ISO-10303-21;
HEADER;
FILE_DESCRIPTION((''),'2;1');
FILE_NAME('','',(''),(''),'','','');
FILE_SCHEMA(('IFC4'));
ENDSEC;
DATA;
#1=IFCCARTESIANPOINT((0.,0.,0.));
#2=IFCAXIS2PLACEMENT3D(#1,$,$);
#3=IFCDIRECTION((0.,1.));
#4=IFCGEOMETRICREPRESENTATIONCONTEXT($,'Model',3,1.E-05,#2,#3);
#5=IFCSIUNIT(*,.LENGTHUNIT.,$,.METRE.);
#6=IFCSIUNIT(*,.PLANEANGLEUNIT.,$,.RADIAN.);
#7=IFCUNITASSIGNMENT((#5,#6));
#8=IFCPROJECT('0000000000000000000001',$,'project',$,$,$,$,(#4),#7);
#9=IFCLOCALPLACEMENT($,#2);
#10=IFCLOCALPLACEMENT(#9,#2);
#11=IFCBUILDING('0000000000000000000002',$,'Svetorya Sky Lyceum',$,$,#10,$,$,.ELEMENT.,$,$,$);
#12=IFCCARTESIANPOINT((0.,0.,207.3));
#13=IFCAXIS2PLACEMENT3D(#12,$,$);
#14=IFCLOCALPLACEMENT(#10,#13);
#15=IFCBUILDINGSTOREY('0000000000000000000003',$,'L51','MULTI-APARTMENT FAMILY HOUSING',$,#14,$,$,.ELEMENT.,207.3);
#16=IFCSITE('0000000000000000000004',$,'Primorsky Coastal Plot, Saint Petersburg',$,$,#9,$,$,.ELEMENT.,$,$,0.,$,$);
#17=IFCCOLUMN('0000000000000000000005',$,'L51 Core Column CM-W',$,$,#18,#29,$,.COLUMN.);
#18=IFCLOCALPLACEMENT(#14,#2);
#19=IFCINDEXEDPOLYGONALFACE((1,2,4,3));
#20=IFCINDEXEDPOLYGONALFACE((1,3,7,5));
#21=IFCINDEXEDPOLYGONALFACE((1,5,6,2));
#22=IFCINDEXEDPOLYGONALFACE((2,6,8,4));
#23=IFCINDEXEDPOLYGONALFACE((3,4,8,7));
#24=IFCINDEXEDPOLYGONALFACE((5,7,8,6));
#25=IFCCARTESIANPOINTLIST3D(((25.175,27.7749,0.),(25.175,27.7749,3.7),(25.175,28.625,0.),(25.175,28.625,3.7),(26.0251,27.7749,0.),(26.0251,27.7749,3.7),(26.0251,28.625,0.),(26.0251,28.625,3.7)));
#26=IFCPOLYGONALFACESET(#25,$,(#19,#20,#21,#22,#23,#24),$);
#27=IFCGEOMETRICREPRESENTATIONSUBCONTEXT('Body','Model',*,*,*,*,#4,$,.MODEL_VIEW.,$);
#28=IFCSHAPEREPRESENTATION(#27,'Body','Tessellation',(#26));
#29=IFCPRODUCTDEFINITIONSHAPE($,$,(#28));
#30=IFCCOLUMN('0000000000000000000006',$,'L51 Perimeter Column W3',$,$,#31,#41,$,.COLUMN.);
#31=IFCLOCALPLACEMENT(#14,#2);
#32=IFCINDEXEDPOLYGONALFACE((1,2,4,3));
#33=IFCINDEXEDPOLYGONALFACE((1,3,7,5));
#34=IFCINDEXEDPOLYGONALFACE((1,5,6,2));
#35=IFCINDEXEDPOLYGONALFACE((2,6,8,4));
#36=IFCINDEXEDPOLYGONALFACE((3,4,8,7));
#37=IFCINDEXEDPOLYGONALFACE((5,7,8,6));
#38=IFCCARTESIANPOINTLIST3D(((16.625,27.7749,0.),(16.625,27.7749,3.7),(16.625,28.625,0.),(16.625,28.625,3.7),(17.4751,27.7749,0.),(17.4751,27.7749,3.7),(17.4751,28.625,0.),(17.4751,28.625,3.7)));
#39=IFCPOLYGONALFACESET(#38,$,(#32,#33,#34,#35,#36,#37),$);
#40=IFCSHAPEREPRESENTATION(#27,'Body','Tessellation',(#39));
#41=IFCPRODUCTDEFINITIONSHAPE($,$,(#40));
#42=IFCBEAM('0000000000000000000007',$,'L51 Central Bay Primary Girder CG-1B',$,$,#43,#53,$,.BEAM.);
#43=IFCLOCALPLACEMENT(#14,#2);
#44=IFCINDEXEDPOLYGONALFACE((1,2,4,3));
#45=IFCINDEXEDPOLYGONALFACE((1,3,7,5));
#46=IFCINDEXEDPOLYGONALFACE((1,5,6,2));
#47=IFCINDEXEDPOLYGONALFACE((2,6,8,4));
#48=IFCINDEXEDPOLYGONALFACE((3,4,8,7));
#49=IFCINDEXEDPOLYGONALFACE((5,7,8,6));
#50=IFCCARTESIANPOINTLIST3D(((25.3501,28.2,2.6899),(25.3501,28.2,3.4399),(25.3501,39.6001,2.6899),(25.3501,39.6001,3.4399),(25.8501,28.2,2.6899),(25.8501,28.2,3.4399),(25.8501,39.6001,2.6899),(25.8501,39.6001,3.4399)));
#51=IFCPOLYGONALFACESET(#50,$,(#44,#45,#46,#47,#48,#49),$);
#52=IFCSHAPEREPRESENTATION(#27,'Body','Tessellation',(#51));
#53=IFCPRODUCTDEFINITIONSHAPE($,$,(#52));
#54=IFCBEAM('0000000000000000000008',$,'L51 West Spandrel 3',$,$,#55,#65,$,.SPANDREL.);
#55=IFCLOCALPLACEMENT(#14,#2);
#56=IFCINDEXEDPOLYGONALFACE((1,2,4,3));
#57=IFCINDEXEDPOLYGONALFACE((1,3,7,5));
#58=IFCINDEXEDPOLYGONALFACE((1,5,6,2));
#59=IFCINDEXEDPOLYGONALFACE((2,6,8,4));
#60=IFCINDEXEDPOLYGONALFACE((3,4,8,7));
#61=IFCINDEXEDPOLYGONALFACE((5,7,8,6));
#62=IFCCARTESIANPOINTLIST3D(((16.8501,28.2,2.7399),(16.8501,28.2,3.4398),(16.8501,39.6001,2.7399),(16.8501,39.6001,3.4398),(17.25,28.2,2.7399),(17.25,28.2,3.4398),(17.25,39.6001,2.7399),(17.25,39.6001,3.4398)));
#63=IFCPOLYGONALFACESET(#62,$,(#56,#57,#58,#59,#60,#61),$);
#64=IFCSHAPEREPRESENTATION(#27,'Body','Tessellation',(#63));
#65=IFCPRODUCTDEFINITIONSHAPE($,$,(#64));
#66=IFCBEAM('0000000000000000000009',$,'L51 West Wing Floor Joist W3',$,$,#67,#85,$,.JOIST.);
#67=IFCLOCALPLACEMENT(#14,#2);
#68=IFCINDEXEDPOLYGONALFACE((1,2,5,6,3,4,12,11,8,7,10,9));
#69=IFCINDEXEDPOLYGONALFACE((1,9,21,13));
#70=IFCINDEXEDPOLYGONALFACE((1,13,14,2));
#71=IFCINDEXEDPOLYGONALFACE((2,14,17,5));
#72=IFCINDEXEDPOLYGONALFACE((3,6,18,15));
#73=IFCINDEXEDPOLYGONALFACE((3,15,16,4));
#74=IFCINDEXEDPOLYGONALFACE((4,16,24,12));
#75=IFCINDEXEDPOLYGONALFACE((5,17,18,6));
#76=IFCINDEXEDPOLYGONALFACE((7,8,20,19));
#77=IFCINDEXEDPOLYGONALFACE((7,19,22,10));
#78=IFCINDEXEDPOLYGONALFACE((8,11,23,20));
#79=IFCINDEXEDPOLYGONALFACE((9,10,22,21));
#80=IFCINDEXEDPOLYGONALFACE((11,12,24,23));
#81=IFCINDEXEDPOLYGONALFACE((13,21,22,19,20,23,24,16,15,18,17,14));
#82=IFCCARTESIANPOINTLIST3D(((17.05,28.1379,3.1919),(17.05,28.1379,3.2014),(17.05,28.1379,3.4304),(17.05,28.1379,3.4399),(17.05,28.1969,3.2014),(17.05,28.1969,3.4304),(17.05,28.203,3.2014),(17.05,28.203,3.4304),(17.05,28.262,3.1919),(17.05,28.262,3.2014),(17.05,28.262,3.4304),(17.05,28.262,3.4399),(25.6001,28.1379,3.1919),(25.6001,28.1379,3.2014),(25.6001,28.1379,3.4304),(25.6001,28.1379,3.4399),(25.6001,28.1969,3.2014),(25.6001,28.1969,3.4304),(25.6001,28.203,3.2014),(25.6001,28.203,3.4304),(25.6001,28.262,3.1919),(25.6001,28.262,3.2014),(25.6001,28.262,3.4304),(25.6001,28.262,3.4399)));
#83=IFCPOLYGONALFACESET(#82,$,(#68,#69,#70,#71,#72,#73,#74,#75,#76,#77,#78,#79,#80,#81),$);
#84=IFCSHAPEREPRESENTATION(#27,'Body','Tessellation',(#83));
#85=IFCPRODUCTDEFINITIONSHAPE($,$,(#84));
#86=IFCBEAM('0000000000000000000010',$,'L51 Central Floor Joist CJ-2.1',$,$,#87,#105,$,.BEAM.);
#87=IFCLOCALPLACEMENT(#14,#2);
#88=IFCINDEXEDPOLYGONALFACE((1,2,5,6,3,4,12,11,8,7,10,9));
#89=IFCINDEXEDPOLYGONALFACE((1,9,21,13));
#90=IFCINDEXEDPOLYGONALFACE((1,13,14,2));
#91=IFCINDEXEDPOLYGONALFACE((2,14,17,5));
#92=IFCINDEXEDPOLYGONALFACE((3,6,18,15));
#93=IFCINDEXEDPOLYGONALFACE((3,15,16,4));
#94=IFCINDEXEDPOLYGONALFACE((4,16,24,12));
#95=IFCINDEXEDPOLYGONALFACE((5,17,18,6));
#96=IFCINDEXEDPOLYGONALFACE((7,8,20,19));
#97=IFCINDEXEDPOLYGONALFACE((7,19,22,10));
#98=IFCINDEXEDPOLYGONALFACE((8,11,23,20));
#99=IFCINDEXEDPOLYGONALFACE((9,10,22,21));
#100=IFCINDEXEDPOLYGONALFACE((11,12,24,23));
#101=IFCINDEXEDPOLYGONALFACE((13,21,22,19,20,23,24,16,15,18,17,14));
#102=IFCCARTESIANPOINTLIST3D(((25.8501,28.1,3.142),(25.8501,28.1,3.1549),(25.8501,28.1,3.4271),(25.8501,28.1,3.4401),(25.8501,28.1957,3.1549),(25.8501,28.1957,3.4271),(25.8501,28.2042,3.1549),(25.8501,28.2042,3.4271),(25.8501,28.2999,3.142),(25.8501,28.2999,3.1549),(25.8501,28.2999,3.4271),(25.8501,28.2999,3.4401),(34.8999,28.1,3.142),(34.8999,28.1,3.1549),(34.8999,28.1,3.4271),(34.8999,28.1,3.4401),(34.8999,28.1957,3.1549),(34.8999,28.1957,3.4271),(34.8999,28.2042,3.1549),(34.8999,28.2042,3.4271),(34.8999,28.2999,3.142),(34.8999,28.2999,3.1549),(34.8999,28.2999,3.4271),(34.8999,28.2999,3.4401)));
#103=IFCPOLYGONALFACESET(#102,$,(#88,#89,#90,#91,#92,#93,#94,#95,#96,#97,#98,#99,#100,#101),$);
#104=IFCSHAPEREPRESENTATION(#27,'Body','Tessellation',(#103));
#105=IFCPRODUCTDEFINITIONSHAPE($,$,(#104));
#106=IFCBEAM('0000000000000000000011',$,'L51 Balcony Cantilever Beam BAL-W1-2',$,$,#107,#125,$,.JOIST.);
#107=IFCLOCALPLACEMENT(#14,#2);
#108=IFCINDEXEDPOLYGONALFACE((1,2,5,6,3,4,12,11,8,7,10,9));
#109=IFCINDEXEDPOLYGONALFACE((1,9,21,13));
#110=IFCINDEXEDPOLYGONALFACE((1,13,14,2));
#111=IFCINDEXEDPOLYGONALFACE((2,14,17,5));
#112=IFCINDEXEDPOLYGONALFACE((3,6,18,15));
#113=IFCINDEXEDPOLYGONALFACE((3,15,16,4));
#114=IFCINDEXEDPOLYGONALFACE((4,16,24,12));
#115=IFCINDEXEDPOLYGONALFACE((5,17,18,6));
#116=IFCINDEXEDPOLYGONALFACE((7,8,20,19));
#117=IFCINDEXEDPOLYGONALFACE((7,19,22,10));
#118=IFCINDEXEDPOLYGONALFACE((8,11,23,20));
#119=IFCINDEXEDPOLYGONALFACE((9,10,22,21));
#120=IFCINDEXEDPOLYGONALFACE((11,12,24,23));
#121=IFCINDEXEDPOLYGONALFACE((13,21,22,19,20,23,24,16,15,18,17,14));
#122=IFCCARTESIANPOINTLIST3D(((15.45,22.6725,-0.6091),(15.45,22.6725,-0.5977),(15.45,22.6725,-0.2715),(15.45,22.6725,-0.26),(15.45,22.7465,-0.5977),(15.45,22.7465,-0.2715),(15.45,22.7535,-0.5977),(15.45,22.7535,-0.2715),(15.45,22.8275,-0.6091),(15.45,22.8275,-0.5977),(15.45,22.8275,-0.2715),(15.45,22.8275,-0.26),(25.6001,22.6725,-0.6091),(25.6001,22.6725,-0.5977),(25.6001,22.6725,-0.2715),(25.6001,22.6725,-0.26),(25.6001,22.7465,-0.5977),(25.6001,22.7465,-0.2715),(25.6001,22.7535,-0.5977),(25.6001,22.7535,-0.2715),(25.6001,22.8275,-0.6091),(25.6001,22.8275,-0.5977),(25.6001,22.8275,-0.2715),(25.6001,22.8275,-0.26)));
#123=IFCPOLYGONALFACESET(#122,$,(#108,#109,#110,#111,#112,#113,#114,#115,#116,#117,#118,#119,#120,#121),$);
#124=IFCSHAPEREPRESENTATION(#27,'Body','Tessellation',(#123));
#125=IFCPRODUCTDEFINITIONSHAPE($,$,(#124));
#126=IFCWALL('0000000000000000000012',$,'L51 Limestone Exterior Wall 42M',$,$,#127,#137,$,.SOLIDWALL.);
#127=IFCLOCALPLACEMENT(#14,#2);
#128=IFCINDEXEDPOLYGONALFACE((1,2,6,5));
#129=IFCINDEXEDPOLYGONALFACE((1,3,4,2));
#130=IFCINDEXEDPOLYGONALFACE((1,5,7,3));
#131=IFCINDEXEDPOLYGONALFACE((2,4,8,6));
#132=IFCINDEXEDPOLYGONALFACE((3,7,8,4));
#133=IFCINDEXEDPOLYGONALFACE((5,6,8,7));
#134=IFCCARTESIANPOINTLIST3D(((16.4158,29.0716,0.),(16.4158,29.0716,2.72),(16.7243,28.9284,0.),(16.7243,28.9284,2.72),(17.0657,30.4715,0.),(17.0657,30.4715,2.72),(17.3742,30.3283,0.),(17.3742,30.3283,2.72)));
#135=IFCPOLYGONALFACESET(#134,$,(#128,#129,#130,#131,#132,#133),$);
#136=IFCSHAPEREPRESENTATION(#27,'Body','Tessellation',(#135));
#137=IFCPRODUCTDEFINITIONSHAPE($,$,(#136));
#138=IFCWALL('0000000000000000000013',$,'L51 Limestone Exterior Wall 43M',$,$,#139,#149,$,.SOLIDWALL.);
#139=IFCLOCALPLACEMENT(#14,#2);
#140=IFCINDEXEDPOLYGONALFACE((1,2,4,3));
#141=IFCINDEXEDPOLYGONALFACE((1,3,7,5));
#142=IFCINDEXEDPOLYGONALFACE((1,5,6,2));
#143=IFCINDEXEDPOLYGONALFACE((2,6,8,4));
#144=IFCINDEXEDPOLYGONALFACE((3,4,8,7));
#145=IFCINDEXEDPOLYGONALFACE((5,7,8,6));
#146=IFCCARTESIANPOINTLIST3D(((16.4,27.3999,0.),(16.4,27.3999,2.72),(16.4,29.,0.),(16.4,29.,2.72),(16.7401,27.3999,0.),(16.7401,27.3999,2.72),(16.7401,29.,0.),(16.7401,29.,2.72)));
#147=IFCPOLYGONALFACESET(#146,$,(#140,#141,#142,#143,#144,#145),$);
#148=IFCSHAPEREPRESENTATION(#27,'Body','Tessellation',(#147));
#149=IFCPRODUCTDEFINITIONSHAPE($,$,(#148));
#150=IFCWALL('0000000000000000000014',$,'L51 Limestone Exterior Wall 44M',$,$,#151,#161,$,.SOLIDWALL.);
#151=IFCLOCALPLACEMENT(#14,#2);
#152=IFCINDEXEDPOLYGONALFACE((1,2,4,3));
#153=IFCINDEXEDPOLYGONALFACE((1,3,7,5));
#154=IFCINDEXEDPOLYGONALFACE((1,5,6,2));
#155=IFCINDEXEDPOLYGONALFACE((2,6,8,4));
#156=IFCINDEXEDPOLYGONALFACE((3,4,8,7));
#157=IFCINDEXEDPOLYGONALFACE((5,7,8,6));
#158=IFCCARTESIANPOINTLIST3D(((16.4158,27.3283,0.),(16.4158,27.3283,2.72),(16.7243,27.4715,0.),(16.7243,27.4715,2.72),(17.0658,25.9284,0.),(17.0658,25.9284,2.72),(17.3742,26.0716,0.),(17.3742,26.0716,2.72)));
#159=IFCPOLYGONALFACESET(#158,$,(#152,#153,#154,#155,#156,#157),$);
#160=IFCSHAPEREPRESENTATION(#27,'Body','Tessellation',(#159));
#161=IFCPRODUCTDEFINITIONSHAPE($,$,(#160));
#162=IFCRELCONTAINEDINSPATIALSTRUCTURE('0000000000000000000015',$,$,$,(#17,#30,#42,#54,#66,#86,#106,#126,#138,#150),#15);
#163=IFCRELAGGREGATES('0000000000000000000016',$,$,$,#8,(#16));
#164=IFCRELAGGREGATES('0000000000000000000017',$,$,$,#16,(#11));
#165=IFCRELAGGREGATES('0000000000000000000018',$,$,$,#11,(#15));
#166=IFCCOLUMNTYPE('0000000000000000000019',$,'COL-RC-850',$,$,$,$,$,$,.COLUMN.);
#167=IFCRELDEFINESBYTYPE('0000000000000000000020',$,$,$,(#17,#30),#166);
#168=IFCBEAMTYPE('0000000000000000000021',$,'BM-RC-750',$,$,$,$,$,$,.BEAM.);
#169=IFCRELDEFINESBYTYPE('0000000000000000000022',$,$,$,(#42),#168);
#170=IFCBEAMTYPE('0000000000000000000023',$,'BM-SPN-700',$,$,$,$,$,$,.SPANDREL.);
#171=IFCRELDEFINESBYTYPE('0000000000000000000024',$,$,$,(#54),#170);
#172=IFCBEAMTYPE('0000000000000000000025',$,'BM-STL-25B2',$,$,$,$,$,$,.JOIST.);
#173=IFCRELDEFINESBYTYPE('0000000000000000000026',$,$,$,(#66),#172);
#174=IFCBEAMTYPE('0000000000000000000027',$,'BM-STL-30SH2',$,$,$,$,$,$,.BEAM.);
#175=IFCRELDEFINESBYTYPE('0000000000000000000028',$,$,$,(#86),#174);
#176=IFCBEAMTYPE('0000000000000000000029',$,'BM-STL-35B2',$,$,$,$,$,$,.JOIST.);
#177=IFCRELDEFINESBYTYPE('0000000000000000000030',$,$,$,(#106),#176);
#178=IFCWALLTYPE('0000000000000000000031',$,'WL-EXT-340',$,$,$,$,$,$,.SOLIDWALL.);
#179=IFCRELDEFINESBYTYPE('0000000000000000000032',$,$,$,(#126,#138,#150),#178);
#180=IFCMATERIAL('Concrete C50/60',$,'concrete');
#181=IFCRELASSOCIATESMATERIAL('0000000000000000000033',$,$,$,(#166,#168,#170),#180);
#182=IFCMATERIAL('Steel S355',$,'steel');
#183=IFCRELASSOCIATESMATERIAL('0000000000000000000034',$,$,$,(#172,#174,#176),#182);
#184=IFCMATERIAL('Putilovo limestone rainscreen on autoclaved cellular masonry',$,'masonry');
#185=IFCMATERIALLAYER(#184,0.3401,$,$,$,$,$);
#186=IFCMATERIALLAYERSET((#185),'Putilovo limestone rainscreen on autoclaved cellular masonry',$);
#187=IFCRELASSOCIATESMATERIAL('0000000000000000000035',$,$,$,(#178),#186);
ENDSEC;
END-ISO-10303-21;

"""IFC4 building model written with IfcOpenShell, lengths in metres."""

from ifc_helpers import new_model, si_unit, direction, frame, frame_2d, origin, origin_2d, place, context, subcontext, project, spatial, rectangle, i_section, extrude, material, layer, layer_set, material_profile, profile_set, type_object, element, save


model = new_model("IFC4")

# Units and contexts
model_context = context("Model", 3, precision=1e-05, world=origin(), true_north=direction((0.0, 1.0)))
body_context = subcontext(model_context, "Body", "Model", "MODEL_VIEW")
ifc_project = project(units=[si_unit("LENGTHUNIT", "METRE"), si_unit("PLANEANGLEUNIT", "RADIAN")], contexts=[model_context])

# Site, building, storey
site_placement = place(None, origin())
site = spatial("IfcSite", under=ifc_project, at=site_placement, Name="Primorsky Coastal Plot, Saint Petersburg", CompositionType="ELEMENT", RefElevation=0.0)
building_placement = place(site_placement, origin())
building = spatial("IfcBuilding", under=site, at=building_placement, Name="Svetorya Sky Lyceum", CompositionType="ELEMENT")
storey_placement = place(building_placement, frame((0.0, 0.0, 207.3)))
storey = spatial("IfcBuildingStorey", under=building, at=storey_placement, Name="L51", Description="MULTI-APARTMENT FAMILY HOUSING", CompositionType="ELEMENT", Elevation=207.3)

# Columns
ifc_material_1 = material(Name="Concrete C50/60", Category="concrete")
ifc_material_profile_1 = material_profile(ifc_material_1, rectangle(XDim=0.8501, YDim=0.8501, at=origin_2d()), Name="RC COL 850x850")
ifc_profile_set_1 = profile_set([ifc_material_profile_1], Name="Concrete C50/60")
column_type = type_object("IfcColumnType", Name="COL-RC-850", PredefinedType="COLUMN", material=ifc_profile_set_1)
for number, where, z_axis, x_axis, name in (
    (1, (25.6001, 28.2, 0.0), (0.0, 0.0, 1.0), (1.0, 0.0, 0.0), "L51 Core Column CM-W"),
    (2, (17.05, 28.2, 0.0), (0.0, 0.0, 1.0), (1.0, 0.0, 0.0), "L51 Perimeter Column W3"),
):
    element("IfcColumn", number, at=place(storey_placement, frame(where, z_axis=z_axis, x_axis=x_axis)), inside=storey, type_object=column_type, Name=name, PredefinedType="COLUMN", context=body_context, shape_type="SweptSolid", body=[
        extrude(rectangle(XDim=0.8501, YDim=0.8501, at=origin_2d()), origin(), (0.0, 0.0, 1.0), 3.7),
    ])

# Beams
ifc_material_profile_2 = material_profile(ifc_material_1, rectangle(XDim=0.5, YDim=0.75, at=origin_2d()), Name="RC BEAM 500x750")
ifc_profile_set_2 = profile_set([ifc_material_profile_2], Name="Concrete C50/60")
beam_type_1 = type_object("IfcBeamType", Name="BM-RC-750", PredefinedType="BEAM", material=ifc_profile_set_2)
beam_1_placement = place(storey_placement, frame((25.6001, 28.2, 3.0649), z_axis=(0.0, 1.0, 0.0), x_axis=(-1.0, 0.0, 0.0)))
element("IfcBeam", 3, at=beam_1_placement, inside=storey, type_object=beam_type_1, Name="L51 Central Bay Primary Girder CG-1B", PredefinedType="BEAM", context=body_context, shape_type="SweptSolid", body=[
    extrude(rectangle(XDim=0.5, YDim=0.75, at=origin_2d()), origin(), (0.0, 0.0, 1.0), 11.4001),
])
ifc_material_profile_3 = material_profile(ifc_material_1, rectangle(XDim=0.3999, YDim=0.7, at=origin_2d()), Name="RC SPANDREL 400x700")
ifc_profile_set_3 = profile_set([ifc_material_profile_3], Name="Concrete C50/60")
beam_type_2 = type_object("IfcBeamType", Name="BM-SPN-700", PredefinedType="SPANDREL", material=ifc_profile_set_3)
beam_2_placement = place(storey_placement, frame((17.05, 28.2, 3.0898), z_axis=(0.0, 1.0, 0.0), x_axis=(-1.0, 0.0, 0.0)))
element("IfcBeam", 4, at=beam_2_placement, inside=storey, type_object=beam_type_2, Name="L51 West Spandrel 3", PredefinedType="SPANDREL", context=body_context, shape_type="SweptSolid", body=[
    extrude(rectangle(XDim=0.3999, YDim=0.7, at=origin_2d()), origin(), (0.0, 0.0, 1.0), 11.4001),
])
ifc_material_2 = material(Name="Steel S355", Category="steel")
ifc_material_profile_4 = material_profile(ifc_material_2, i_section(OverallWidth=0.124, OverallDepth=0.248, WebThickness=0.0061, FlangeThickness=0.0095, at=origin_2d()), Name="GOST 25B2")
ifc_profile_set_4 = profile_set([ifc_material_profile_4], Name="Steel S355")
beam_type_3 = type_object("IfcBeamType", Name="BM-STL-25B2", PredefinedType="JOIST", material=ifc_profile_set_4)
beam_3_placement = place(storey_placement, frame((17.05, 28.2, 3.3159), z_axis=(1.0, 0.0, 0.0), x_axis=(0.0, 1.0, 0.0)))
element("IfcBeam", 5, at=beam_3_placement, inside=storey, type_object=beam_type_3, Name="L51 West Wing Floor Joist W3", PredefinedType="JOIST", context=body_context, shape_type="SweptSolid", body=[
    extrude(i_section(OverallWidth=0.124, OverallDepth=0.248, WebThickness=0.0061, FlangeThickness=0.0095, at=origin_2d()), origin(), (0.0, 0.0, 1.0), 8.55),
])
ifc_material_profile_5 = material_profile(ifc_material_2, i_section(OverallWidth=0.2, OverallDepth=0.2981, WebThickness=0.0085, FlangeThickness=0.0129, at=origin_2d()), Name="GOST 30Sh2")
ifc_profile_set_5 = profile_set([ifc_material_profile_5], Name="Steel S355")
beam_type_4 = type_object("IfcBeamType", Name="BM-STL-30SH2", PredefinedType="BEAM", material=ifc_profile_set_5)
beam_4_placement = place(storey_placement, frame((25.8501, 28.2, 3.291), z_axis=(1.0, 0.0, 0.0), x_axis=(0.0, 1.0, 0.0)))
element("IfcBeam", 6, at=beam_4_placement, inside=storey, type_object=beam_type_4, Name="L51 Central Floor Joist CJ-2.1", PredefinedType="BEAM", context=body_context, shape_type="SweptSolid", body=[
    extrude(i_section(OverallWidth=0.2, OverallDepth=0.2981, WebThickness=0.0085, FlangeThickness=0.0129, at=origin_2d()), origin(), (0.0, 0.0, 1.0), 9.0498),
])
ifc_material_profile_6 = material_profile(ifc_material_2, i_section(OverallWidth=0.155, OverallDepth=0.3491, WebThickness=0.0071, FlangeThickness=0.0115, at=origin_2d()), Name="GOST 35B2")
ifc_profile_set_6 = profile_set([ifc_material_profile_6], Name="Steel S355")
beam_type_5 = type_object("IfcBeamType", Name="BM-STL-35B2", PredefinedType="JOIST", material=ifc_profile_set_6)
beam_5_placement = place(storey_placement, frame((25.6001, 22.75, -0.4346), z_axis=(-1.0, 0.0, 0.0), x_axis=(0.0, -1.0, 0.0)))
element("IfcBeam", 7, at=beam_5_placement, inside=storey, type_object=beam_type_5, Name="L51 Balcony Cantilever Beam BAL-W1-2", PredefinedType="JOIST", context=body_context, shape_type="SweptSolid", body=[
    extrude(i_section(OverallWidth=0.155, OverallDepth=0.3491, WebThickness=0.0071, FlangeThickness=0.0115, at=origin_2d()), origin(), (0.0, 0.0, 1.0), 10.1501),
])

# Walls
ifc_material_3 = material(Name="Putilovo limestone rainscreen on autoclaved cellular masonry", Category="masonry")
ifc_layer_1 = layer(ifc_material_3, 0.3401)
ifc_layer_set_1 = layer_set([ifc_layer_1], Name="Putilovo limestone rainscreen on autoclaved cellular masonry")
wall_type_1 = type_object("IfcWallType", Name="WL-EXT-340", PredefinedType="SOLIDWALL", material=ifc_layer_set_1)
wall_1_placement = place(storey_placement, frame((17.22, 30.3999, 0.0), z_axis=(0.0, 0.0, 1.0), x_axis=(-0.421083, -0.907022, 0.0)))
element("IfcWall", 8, at=wall_1_placement, inside=storey, type_object=wall_type_1, Name="L51 Limestone Exterior Wall 42M", PredefinedType="SOLIDWALL", context=body_context, shape_type="SweptSolid", body=[
    extrude(rectangle(XDim=1.5435, YDim=0.3401, at=frame_2d((0.7717, 0.0))), origin(), (0.0, 0.0, 1.0), 2.72),
])
wall_2_placement = place(storey_placement, frame((16.5701, 29.0, 0.0), z_axis=(0.0, 0.0, 1.0), x_axis=(0.0, -1.0, 0.0)))
element("IfcWall", 9, at=wall_2_placement, inside=storey, type_object=wall_type_1, Name="L51 Limestone Exterior Wall 43M", PredefinedType="SOLIDWALL", context=body_context, shape_type="SweptSolid", body=[
    extrude(rectangle(XDim=1.6001, YDim=0.3401, at=frame_2d((0.8, 0.0))), origin(), (0.0, 0.0, 1.0), 2.72),
])
wall_3_placement = place(storey_placement, frame((16.5701, 27.3999, 0.0), z_axis=(0.0, 0.0, 1.0), x_axis=(0.421083, -0.907022, 0.0)))
element("IfcWall", 10, at=wall_3_placement, inside=storey, type_object=wall_type_1, Name="L51 Limestone Exterior Wall 44M", PredefinedType="SOLIDWALL", context=body_context, shape_type="SweptSolid", body=[
    extrude(rectangle(XDim=1.5435, YDim=0.3401, at=frame_2d((0.7717, 0.0))), origin(), (0.0, 0.0, 1.0), 2.72),
])

save(model, "model.ifc")
